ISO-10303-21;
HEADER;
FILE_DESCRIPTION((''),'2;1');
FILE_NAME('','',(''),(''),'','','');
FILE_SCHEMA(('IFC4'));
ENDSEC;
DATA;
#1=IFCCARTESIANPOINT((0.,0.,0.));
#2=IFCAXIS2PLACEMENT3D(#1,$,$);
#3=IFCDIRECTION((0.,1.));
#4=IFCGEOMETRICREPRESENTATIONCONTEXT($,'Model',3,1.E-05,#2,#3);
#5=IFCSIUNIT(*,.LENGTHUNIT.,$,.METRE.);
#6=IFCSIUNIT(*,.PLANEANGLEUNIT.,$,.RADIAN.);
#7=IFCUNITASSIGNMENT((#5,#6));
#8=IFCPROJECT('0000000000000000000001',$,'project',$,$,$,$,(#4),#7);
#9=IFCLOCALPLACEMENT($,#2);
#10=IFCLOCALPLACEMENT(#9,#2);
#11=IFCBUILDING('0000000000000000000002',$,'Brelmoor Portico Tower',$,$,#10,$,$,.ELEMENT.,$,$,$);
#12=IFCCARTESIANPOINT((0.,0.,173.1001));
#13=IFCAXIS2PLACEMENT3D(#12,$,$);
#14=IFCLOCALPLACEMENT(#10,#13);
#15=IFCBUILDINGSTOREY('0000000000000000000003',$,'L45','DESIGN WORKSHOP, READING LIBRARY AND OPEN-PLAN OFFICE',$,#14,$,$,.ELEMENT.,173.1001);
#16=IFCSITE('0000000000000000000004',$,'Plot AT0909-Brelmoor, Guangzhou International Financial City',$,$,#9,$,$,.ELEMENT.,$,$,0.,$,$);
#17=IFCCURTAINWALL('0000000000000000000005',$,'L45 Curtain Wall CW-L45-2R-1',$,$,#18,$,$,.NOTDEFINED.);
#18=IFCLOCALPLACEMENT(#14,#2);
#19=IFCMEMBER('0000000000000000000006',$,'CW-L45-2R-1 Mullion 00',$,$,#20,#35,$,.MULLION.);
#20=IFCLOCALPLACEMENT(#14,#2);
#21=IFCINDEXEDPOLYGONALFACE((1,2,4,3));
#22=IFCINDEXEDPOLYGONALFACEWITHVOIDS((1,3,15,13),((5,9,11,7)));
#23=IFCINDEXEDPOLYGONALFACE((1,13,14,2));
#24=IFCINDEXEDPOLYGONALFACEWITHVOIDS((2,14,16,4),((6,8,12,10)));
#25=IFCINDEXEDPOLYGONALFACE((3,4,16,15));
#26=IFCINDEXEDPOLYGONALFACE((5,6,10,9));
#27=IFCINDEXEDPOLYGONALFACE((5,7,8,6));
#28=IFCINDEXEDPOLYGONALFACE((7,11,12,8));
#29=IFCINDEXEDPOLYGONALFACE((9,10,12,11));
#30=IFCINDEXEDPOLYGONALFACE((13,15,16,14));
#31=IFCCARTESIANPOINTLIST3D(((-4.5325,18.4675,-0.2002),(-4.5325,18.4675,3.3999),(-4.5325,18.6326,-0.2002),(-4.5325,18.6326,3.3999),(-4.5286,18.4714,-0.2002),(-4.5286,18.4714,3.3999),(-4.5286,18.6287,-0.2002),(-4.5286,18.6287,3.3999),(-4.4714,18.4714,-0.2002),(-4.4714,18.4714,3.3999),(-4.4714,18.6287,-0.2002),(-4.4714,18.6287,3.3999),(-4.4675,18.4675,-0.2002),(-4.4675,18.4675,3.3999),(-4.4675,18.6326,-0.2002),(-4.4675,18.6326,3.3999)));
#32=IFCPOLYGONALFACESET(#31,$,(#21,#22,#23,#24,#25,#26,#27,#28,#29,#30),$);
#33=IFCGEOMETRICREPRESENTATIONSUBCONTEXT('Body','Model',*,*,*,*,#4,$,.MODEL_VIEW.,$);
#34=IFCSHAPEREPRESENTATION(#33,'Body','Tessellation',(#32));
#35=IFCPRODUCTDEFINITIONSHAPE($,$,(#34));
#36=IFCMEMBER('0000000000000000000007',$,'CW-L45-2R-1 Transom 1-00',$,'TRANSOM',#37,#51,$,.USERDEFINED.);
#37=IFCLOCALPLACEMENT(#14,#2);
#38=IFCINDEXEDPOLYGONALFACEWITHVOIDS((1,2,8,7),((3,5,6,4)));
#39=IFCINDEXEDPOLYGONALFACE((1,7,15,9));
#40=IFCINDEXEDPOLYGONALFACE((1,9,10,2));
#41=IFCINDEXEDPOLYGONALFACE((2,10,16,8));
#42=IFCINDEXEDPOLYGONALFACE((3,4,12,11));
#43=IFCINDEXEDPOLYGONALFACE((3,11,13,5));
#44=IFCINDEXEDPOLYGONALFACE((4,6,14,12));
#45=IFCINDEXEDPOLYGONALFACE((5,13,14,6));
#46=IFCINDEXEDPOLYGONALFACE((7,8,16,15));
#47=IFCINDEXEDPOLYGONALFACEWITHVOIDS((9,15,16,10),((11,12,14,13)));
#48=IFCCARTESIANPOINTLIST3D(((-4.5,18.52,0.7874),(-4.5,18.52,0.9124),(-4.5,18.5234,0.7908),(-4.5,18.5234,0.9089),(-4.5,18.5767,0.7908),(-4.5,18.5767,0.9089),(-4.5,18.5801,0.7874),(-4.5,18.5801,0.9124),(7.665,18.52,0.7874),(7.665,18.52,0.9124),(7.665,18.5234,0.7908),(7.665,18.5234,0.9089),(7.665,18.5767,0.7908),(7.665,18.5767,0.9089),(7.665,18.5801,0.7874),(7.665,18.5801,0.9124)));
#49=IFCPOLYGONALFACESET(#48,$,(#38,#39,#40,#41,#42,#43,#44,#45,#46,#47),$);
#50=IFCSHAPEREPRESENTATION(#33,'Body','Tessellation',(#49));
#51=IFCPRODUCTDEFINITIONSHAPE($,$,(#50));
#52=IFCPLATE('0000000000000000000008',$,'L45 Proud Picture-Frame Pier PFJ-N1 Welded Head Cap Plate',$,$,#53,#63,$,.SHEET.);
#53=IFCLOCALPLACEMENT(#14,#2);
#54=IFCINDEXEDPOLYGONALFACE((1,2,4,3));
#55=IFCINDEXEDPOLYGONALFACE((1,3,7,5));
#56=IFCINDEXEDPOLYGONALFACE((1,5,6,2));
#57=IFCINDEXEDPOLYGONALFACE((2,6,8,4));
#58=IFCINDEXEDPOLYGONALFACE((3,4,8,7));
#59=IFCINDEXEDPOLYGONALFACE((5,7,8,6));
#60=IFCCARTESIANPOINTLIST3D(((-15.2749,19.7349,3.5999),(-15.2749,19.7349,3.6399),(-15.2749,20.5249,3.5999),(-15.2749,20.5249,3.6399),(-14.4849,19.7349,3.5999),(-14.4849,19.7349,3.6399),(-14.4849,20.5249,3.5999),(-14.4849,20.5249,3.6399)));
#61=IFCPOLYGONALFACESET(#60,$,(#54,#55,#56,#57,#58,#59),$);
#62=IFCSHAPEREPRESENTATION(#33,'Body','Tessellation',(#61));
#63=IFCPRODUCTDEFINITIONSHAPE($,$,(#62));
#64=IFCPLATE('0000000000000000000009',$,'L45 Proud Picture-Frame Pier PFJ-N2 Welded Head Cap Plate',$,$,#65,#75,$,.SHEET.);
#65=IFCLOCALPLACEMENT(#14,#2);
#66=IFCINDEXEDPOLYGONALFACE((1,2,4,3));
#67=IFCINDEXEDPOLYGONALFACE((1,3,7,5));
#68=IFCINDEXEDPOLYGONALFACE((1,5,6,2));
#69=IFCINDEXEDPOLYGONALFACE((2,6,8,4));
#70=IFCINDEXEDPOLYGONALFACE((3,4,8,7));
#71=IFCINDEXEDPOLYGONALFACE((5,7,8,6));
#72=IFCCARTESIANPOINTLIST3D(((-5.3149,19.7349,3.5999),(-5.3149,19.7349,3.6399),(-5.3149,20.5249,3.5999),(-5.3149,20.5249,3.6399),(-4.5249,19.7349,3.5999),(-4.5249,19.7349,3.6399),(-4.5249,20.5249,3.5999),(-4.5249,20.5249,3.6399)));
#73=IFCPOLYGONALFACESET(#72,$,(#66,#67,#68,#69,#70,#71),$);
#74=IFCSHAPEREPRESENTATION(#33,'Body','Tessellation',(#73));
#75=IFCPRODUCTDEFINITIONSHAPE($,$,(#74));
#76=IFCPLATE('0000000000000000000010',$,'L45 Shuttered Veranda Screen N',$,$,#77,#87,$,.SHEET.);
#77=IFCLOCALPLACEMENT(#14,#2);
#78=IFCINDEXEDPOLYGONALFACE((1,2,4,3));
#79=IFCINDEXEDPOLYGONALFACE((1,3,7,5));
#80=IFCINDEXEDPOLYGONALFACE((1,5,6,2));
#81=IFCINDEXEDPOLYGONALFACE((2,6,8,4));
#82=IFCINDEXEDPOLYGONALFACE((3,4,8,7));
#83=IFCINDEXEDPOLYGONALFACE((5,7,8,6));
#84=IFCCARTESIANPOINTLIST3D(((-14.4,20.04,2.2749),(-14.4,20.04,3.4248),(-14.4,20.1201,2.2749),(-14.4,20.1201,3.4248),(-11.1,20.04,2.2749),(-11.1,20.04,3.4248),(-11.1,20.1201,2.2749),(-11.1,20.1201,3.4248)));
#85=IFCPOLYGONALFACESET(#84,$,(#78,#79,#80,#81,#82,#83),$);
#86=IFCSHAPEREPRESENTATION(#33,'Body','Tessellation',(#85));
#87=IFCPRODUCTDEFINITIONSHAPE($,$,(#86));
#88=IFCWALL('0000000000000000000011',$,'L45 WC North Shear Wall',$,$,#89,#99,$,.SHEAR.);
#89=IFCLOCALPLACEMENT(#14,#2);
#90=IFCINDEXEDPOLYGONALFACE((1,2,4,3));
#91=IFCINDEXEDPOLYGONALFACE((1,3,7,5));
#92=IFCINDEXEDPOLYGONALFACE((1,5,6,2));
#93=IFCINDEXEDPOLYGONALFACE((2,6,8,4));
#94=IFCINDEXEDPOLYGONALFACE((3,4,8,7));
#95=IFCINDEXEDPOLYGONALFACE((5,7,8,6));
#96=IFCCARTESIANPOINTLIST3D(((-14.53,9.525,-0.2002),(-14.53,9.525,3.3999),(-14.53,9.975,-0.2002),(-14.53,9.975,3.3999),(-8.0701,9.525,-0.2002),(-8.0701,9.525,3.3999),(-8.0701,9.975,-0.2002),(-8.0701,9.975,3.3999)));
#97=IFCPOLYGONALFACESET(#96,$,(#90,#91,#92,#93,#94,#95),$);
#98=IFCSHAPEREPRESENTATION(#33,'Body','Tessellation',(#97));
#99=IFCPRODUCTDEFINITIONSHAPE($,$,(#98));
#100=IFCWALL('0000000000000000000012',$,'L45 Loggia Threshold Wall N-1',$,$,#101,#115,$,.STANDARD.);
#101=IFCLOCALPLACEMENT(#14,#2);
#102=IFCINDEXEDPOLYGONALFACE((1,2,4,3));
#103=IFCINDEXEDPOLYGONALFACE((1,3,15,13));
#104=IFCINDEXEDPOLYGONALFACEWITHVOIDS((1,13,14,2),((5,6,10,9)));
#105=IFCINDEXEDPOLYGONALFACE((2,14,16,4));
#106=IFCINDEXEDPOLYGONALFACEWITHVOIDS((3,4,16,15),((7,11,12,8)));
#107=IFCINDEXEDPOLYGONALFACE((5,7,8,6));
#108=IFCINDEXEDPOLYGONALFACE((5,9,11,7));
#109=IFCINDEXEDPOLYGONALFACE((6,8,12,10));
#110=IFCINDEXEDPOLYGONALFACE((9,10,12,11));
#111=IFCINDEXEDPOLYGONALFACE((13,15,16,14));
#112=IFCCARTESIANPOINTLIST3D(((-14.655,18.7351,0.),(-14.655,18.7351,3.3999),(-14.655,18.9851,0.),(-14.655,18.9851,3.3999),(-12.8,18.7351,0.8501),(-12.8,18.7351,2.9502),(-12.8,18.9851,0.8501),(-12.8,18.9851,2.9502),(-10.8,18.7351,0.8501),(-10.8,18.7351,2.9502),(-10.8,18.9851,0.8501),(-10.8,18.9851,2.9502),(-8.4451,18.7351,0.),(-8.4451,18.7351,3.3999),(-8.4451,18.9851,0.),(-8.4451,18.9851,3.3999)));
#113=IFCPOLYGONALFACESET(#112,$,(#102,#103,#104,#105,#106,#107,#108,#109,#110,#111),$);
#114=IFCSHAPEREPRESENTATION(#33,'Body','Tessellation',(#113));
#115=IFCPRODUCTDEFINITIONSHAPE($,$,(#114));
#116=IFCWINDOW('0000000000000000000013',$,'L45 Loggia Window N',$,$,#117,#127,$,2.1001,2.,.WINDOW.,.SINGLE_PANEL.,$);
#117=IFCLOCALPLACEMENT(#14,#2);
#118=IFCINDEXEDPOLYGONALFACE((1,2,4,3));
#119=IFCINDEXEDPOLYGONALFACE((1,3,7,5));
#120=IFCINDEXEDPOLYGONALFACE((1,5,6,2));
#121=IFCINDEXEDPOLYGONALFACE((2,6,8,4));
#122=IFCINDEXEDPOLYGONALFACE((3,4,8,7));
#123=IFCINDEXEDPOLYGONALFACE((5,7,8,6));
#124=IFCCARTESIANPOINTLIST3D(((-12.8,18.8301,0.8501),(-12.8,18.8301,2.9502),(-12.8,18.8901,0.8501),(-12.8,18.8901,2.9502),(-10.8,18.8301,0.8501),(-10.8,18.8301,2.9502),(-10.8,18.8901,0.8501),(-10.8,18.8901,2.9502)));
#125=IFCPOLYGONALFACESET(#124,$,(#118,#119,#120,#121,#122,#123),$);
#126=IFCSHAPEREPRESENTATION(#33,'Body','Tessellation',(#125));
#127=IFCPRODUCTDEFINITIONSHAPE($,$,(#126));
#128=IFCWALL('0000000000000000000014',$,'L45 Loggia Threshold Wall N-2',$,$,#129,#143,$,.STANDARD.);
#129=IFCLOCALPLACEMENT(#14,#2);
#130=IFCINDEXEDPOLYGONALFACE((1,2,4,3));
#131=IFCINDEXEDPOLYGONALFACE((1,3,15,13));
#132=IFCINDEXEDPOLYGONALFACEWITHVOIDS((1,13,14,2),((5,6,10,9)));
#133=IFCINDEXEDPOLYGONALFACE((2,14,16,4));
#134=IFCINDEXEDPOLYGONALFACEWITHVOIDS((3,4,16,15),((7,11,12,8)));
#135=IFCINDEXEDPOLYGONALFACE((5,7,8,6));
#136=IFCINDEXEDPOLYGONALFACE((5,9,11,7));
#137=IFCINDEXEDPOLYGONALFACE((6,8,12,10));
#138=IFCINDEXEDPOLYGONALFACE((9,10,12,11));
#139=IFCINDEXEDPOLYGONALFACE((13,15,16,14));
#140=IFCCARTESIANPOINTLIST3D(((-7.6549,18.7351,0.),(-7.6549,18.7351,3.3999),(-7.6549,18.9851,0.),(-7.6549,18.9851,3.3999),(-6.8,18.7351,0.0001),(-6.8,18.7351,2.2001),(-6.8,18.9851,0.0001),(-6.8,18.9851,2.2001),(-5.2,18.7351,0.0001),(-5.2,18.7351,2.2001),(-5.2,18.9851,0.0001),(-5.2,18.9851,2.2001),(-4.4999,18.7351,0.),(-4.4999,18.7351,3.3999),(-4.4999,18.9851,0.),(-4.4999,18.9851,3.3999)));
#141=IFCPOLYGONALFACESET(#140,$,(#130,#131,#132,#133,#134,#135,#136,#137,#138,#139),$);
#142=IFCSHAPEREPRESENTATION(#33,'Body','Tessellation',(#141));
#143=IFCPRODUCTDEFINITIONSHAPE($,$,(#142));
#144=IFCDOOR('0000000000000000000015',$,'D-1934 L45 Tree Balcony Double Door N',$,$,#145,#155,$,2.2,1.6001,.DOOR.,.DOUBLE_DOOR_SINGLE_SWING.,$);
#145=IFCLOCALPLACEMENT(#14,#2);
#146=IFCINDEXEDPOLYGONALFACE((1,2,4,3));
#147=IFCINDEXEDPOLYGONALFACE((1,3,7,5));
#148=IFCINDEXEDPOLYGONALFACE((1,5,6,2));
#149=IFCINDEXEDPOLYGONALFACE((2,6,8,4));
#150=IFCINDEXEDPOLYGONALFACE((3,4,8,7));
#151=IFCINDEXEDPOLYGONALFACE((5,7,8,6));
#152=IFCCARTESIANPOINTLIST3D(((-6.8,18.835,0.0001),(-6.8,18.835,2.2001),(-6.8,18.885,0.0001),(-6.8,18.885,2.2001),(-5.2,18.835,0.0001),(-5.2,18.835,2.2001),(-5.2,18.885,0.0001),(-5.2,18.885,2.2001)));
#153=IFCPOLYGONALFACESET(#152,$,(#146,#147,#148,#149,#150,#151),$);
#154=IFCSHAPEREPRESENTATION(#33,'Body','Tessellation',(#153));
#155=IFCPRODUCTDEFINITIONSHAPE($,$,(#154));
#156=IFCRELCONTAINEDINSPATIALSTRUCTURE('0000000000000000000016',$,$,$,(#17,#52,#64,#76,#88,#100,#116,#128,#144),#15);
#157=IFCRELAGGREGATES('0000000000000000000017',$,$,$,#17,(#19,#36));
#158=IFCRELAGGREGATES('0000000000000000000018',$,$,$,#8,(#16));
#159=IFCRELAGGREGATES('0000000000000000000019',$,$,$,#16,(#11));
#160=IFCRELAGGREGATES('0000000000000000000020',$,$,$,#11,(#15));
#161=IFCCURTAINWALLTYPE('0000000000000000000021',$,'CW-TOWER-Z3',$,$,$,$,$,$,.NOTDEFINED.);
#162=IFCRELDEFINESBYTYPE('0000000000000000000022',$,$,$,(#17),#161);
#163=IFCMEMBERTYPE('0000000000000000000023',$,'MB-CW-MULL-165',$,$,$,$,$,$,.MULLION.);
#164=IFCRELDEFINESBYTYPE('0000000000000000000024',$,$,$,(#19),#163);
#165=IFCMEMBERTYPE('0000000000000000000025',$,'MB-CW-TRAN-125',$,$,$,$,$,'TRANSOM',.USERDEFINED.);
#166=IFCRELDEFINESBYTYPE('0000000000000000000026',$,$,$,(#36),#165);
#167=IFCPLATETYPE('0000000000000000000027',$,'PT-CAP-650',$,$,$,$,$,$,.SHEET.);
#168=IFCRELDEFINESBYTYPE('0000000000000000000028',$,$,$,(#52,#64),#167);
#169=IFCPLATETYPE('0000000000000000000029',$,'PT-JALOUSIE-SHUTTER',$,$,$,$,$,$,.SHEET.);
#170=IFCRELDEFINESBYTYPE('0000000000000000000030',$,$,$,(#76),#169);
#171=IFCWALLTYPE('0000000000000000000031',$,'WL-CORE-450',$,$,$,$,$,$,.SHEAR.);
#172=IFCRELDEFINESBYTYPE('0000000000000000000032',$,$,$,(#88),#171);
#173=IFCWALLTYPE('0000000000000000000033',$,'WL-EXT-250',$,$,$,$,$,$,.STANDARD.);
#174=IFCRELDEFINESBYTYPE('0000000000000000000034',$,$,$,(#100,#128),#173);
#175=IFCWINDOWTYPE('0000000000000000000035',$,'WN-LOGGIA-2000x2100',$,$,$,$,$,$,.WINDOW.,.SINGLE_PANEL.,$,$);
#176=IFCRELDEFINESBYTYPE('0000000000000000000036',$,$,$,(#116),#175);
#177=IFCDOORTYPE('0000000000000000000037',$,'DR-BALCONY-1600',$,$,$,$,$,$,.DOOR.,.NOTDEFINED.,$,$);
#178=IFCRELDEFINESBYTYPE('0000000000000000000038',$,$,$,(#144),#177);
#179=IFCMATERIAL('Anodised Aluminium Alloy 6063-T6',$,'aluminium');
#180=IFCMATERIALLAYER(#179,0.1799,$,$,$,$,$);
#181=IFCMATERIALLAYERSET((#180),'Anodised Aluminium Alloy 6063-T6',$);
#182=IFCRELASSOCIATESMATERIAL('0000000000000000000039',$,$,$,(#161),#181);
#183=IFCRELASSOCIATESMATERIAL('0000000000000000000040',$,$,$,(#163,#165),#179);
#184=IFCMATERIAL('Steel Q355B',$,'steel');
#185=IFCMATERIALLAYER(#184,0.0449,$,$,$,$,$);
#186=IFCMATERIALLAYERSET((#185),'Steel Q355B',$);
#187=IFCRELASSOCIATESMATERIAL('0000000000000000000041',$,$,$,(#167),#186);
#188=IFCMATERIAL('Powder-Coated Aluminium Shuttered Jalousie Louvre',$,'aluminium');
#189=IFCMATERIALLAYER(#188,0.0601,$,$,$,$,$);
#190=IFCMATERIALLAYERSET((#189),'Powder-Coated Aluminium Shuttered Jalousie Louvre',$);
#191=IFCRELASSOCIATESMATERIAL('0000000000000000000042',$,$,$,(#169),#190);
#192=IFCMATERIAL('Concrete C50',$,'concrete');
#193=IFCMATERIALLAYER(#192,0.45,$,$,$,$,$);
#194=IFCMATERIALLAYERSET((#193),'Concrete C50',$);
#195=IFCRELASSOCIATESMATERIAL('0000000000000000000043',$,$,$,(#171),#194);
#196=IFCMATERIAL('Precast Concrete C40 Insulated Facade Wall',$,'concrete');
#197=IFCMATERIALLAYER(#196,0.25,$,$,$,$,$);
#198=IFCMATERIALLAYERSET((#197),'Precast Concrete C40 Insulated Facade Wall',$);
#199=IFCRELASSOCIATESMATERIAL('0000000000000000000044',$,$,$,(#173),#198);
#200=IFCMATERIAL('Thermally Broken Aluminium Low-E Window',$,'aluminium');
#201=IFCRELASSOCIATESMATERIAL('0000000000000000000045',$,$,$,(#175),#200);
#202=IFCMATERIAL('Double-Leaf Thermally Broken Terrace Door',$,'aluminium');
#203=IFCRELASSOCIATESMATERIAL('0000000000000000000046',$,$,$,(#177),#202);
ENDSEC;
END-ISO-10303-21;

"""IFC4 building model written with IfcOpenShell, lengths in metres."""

from ifc_helpers import new_model, si_unit, direction, frame, frame_2d, origin, origin_2d, place, context, subcontext, project, spatial, rectangle, hollow_rectangle, extrude, material, layer, layer_set, material_profile, profile_set, type_object, element, fill, aggregate, save


model = new_model("IFC4")

# Units and contexts
model_context = context("Model", 3, precision=1e-05, world=origin(), true_north=direction((0.0, 1.0)))
body_context = subcontext(model_context, "Body", "Model", "MODEL_VIEW")
ifc_project = project(units=[si_unit("LENGTHUNIT", "METRE"), si_unit("PLANEANGLEUNIT", "RADIAN")], contexts=[model_context])

# Site, building, storey
site_placement = place(None, origin())
site = spatial("IfcSite", under=ifc_project, at=site_placement, Name="Plot AT0909-Brelmoor, Guangzhou International Financial City", CompositionType="ELEMENT", RefElevation=0.0)
building_placement = place(site_placement, origin())
building = spatial("IfcBuilding", under=site, at=building_placement, Name="Brelmoor Portico Tower", CompositionType="ELEMENT")
storey_placement = place(building_placement, frame((0.0, 0.0, 173.1001)))
storey = spatial("IfcBuildingStorey", under=building, at=storey_placement, Name="L45", Description="DESIGN WORKSHOP, READING LIBRARY AND OPEN-PLAN OFFICE", CompositionType="ELEMENT", Elevation=173.1001)

# Shared definitions
ifc_material_1 = material(Name="Steel Q355B", Category="steel")

# Curtain wall, members
ifc_material_2 = material(Name="Anodised Aluminium Alloy 6063-T6", Category="aluminium")
ifc_layer_1 = layer(ifc_material_2, 0.1799)
ifc_layer_set_1 = layer_set([ifc_layer_1], Name="Anodised Aluminium Alloy 6063-T6")
curtain_wall_type = type_object("IfcCurtainWallType", Name="CW-TOWER-Z3", PredefinedType="NOTDEFINED", material=ifc_layer_set_1)
curtain_wall_placement = place(storey_placement, origin())
curtain_wall = element("IfcCurtainWall", 1, at=curtain_wall_placement, inside=storey, type_object=curtain_wall_type, Name="L45 Curtain Wall CW-L45-2R-1", PredefinedType="NOTDEFINED")
ifc_material_profile_1 = material_profile(ifc_material_2, hollow_rectangle(XDim=0.0649, YDim=0.165, WallThickness=0.0039, at=origin_2d()), Name="ALU MULLION 65x165")
ifc_profile_set_1 = profile_set([ifc_material_profile_1], Name="Anodised Aluminium Alloy 6063-T6")
member_type_1 = type_object("IfcMemberType", Name="MB-CW-MULL-165", PredefinedType="MULLION", material=ifc_profile_set_1)
member_1_placement = place(storey_placement, frame((-4.5, 18.55, -0.2002), z_axis=(0.0, 0.0, 1.0), x_axis=(1.0, 0.0, 0.0)))
member_1 = element("IfcMember", 2, at=member_1_placement, type_object=member_type_1, Name="CW-L45-2R-1 Mullion 00", PredefinedType="MULLION", context=body_context, shape_type="SweptSolid", body=[
    extrude(hollow_rectangle(XDim=0.0649, YDim=0.165, WallThickness=0.0039, at=origin_2d()), origin(), (0.0, 0.0, 1.0), 3.6001),
])
ifc_material_profile_2 = material_profile(ifc_material_2, hollow_rectangle(XDim=0.0601, YDim=0.125, WallThickness=0.0034, at=origin_2d()), Name="ALU TRANSOM 60x125")
ifc_profile_set_2 = profile_set([ifc_material_profile_2], Name="Anodised Aluminium Alloy 6063-T6")
member_type_2 = type_object("IfcMemberType", Name="MB-CW-TRAN-125", ElementType="TRANSOM", PredefinedType="USERDEFINED", material=ifc_profile_set_2)
member_2_placement = place(storey_placement, frame((-4.5, 18.55, 0.8499), z_axis=(1.0, 0.0, 0.0), x_axis=(0.0, 1.0, 0.0)))
member_2 = element("IfcMember", 3, at=member_2_placement, type_object=member_type_2, Name="CW-L45-2R-1 Transom 1-00", ObjectType="TRANSOM", PredefinedType="USERDEFINED", context=body_context, shape_type="SweptSolid", body=[
    extrude(hollow_rectangle(XDim=0.0601, YDim=0.125, WallThickness=0.0034, at=origin_2d()), origin(), (0.0, 0.0, 1.0), 12.165),
])
aggregate(curtain_wall, [member_1, member_2])

# Plates
ifc_layer_2 = layer(ifc_material_1, 0.0449)
ifc_layer_set_2 = layer_set([ifc_layer_2], Name="Steel Q355B")
plate_type_1 = type_object("IfcPlateType", Name="PT-CAP-650", PredefinedType="SHEET", material=ifc_layer_set_2)
for number, where, z_axis, x_axis, name in (
    (4, (-14.8799, 20.1299, 3.5999), (0.0, 0.0, 1.0), (1.0, 0.0, 0.0), "L45 Proud Picture-Frame Pier PFJ-N1 Welded Head Cap Plate"),
    (5, (-4.9199, 20.1299, 3.5999), (0.0, 0.0, 1.0), (1.0, 0.0, 0.0), "L45 Proud Picture-Frame Pier PFJ-N2 Welded Head Cap Plate"),
):
    element("IfcPlate", number, at=place(storey_placement, frame(where, z_axis=z_axis, x_axis=x_axis)), inside=storey, type_object=plate_type_1, Name=name, PredefinedType="SHEET", context=body_context, shape_type="SweptSolid", body=[
        extrude(rectangle(XDim=0.79, YDim=0.79, at=origin_2d()), origin(), (0.0, 0.0, 1.0), 0.04),
    ])
ifc_material_3 = material(Name="Powder-Coated Aluminium Shuttered Jalousie Louvre", Category="aluminium")
ifc_layer_3 = layer(ifc_material_3, 0.0601)
ifc_layer_set_3 = layer_set([ifc_layer_3], Name="Powder-Coated Aluminium Shuttered Jalousie Louvre")
plate_type_2 = type_object("IfcPlateType", Name="PT-JALOUSIE-SHUTTER", PredefinedType="SHEET", material=ifc_layer_set_3)
plate_placement = place(storey_placement, frame((-12.75, 20.0801, 2.2749), z_axis=(0.0, 0.0, 1.0), x_axis=(1.0, 0.0, 0.0)))
element("IfcPlate", 6, at=plate_placement, inside=storey, type_object=plate_type_2, Name="L45 Shuttered Veranda Screen N", PredefinedType="SHEET", context=body_context, shape_type="SweptSolid", body=[
    extrude(rectangle(XDim=3.3, YDim=0.0801, at=origin_2d()), origin(), (0.0, 0.0, 1.0), 1.1499),
])

# Wall
ifc_material_4 = material(Name="Concrete C50", Category="concrete")
ifc_layer_4 = layer(ifc_material_4, 0.45)
ifc_layer_set_4 = layer_set([ifc_layer_4], Name="Concrete C50")
wall_type_1 = type_object("IfcWallType", Name="WL-CORE-450", PredefinedType="SHEAR", material=ifc_layer_set_4)
wall_1_placement = place(storey_placement, frame((-14.53, 9.75, -0.2002), z_axis=(0.0, 0.0, 1.0), x_axis=(1.0, 0.0, 0.0)))
element("IfcWall", 7, at=wall_1_placement, inside=storey, type_object=wall_type_1, Name="L45 WC North Shear Wall", PredefinedType="SHEAR", context=body_context, shape_type="SweptSolid", body=[
    extrude(rectangle(XDim=6.46, YDim=0.45, at=frame_2d((3.23, 0.0))), origin(), (0.0, 0.0, 1.0), 3.6001),
])

# Wall, opening, window
ifc_material_5 = material(Name="Precast Concrete C40 Insulated Facade Wall", Category="concrete")
ifc_layer_5 = layer(ifc_material_5, 0.25)
ifc_layer_set_5 = layer_set([ifc_layer_5], Name="Precast Concrete C40 Insulated Facade Wall")
wall_type_2 = type_object("IfcWallType", Name="WL-EXT-250", PredefinedType="STANDARD", material=ifc_layer_set_5)
wall_2_placement = place(storey_placement, frame((-14.655, 18.8601, 0.0), z_axis=(0.0, 0.0, 1.0), x_axis=(1.0, 0.0, 0.0)))
wall_2 = element("IfcWall", 8, at=wall_2_placement, inside=storey, type_object=wall_type_2, Name="L45 Loggia Threshold Wall N-1", PredefinedType="STANDARD", context=body_context, shape_type="SweptSolid", body=[
    extrude(rectangle(XDim=6.21, YDim=0.25, at=frame_2d((3.105, 0.0))), origin(), (0.0, 0.0, 1.0), 3.3999),
])
opening_1_placement = place(wall_2_placement, frame((1.855, 0.0, 0.8501)))
opening_1 = element("IfcOpeningElement", 9, at=opening_1_placement, cuts=wall_2, PredefinedType="OPENING", context=body_context, shape_type="SweptSolid", body=[
    extrude(rectangle(XDim=2.0, YDim=2.1001, at=frame_2d((1.0, 1.05))), frame((0.0, 0.135, 0.0), z_axis=(0.0, -1.0, 0.0), x_axis=(1.0, 0.0, 0.0)), (0.0, 0.0, 1.0), 0.27),
])
ifc_material_6 = material(Name="Thermally Broken Aluminium Low-E Window", Category="aluminium")
window_type = type_object("IfcWindowType", Name="WN-LOGGIA-2000x2100", PartitioningType="SINGLE_PANEL", PredefinedType="WINDOW", material=ifc_material_6)
window_placement = place(opening_1_placement, origin())
window = element("IfcWindow", 10, at=window_placement, inside=storey, type_object=window_type, Name="L45 Loggia Window N", OverallHeight=2.1001, OverallWidth=2.0, PartitioningType="SINGLE_PANEL", PredefinedType="WINDOW", context=body_context, shape_type="SweptSolid", body=[
    extrude(rectangle(XDim=2.0, YDim=2.1001, at=frame_2d((1.0, 1.05))), frame((0.0, 0.03, 0.0), z_axis=(0.0, -1.0, 0.0), x_axis=(1.0, 0.0, 0.0)), (0.0, 0.0, 1.0), 0.0601),
])
fill(opening_1, window)

# Wall, opening, door
wall_3_placement = place(storey_placement, frame((-7.655, 18.8601, 0.0), z_axis=(0.0, 0.0, 1.0), x_axis=(1.0, 0.0, 0.0)))
wall_3 = element("IfcWall", 11, at=wall_3_placement, inside=storey, type_object=wall_type_2, Name="L45 Loggia Threshold Wall N-2", PredefinedType="STANDARD", context=body_context, shape_type="SweptSolid", body=[
    extrude(rectangle(XDim=3.155, YDim=0.25, at=frame_2d((1.5776, 0.0))), origin(), (0.0, 0.0, 1.0), 3.3999),
])
opening_2_placement = place(wall_3_placement, frame((0.855, 0.0, 0.0)))
opening_2 = element("IfcOpeningElement", 12, at=opening_2_placement, cuts=wall_3, PredefinedType="OPENING", context=body_context, shape_type="SweptSolid", body=[
    extrude(rectangle(XDim=1.6001, YDim=2.2, at=frame_2d((0.8, 1.1001))), frame((0.0, 0.135, 0.0), z_axis=(0.0, -1.0, 0.0), x_axis=(1.0, 0.0, 0.0)), (0.0, 0.0, 1.0), 0.27),
])
ifc_material_7 = material(Name="Double-Leaf Thermally Broken Terrace Door", Category="aluminium")
door_type_1 = type_object("IfcDoorType", Name="DR-BALCONY-1600", OperationType="NOTDEFINED", PredefinedType="DOOR", material=ifc_material_7)
door_1_placement = place(opening_2_placement, origin())
door_1 = element("IfcDoor", 13, at=door_1_placement, inside=storey, type_object=door_type_1, Name="D-1934 L45 Tree Balcony Double Door N", OperationType="DOUBLE_DOOR_SINGLE_SWING", OverallHeight=2.2, OverallWidth=1.6001, PredefinedType="DOOR", context=body_context, shape_type="SweptSolid", body=[
    extrude(rectangle(XDim=1.6001, YDim=2.2, at=frame_2d((0.8, 1.1001))), frame((0.0, 0.0249, 0.0), z_axis=(0.0, -1.0, 0.0), x_axis=(1.0, 0.0, 0.0)), (0.0, 0.0, 1.0), 0.05),
])
fill(opening_2, door_1)

save(model, "model.ifc")
